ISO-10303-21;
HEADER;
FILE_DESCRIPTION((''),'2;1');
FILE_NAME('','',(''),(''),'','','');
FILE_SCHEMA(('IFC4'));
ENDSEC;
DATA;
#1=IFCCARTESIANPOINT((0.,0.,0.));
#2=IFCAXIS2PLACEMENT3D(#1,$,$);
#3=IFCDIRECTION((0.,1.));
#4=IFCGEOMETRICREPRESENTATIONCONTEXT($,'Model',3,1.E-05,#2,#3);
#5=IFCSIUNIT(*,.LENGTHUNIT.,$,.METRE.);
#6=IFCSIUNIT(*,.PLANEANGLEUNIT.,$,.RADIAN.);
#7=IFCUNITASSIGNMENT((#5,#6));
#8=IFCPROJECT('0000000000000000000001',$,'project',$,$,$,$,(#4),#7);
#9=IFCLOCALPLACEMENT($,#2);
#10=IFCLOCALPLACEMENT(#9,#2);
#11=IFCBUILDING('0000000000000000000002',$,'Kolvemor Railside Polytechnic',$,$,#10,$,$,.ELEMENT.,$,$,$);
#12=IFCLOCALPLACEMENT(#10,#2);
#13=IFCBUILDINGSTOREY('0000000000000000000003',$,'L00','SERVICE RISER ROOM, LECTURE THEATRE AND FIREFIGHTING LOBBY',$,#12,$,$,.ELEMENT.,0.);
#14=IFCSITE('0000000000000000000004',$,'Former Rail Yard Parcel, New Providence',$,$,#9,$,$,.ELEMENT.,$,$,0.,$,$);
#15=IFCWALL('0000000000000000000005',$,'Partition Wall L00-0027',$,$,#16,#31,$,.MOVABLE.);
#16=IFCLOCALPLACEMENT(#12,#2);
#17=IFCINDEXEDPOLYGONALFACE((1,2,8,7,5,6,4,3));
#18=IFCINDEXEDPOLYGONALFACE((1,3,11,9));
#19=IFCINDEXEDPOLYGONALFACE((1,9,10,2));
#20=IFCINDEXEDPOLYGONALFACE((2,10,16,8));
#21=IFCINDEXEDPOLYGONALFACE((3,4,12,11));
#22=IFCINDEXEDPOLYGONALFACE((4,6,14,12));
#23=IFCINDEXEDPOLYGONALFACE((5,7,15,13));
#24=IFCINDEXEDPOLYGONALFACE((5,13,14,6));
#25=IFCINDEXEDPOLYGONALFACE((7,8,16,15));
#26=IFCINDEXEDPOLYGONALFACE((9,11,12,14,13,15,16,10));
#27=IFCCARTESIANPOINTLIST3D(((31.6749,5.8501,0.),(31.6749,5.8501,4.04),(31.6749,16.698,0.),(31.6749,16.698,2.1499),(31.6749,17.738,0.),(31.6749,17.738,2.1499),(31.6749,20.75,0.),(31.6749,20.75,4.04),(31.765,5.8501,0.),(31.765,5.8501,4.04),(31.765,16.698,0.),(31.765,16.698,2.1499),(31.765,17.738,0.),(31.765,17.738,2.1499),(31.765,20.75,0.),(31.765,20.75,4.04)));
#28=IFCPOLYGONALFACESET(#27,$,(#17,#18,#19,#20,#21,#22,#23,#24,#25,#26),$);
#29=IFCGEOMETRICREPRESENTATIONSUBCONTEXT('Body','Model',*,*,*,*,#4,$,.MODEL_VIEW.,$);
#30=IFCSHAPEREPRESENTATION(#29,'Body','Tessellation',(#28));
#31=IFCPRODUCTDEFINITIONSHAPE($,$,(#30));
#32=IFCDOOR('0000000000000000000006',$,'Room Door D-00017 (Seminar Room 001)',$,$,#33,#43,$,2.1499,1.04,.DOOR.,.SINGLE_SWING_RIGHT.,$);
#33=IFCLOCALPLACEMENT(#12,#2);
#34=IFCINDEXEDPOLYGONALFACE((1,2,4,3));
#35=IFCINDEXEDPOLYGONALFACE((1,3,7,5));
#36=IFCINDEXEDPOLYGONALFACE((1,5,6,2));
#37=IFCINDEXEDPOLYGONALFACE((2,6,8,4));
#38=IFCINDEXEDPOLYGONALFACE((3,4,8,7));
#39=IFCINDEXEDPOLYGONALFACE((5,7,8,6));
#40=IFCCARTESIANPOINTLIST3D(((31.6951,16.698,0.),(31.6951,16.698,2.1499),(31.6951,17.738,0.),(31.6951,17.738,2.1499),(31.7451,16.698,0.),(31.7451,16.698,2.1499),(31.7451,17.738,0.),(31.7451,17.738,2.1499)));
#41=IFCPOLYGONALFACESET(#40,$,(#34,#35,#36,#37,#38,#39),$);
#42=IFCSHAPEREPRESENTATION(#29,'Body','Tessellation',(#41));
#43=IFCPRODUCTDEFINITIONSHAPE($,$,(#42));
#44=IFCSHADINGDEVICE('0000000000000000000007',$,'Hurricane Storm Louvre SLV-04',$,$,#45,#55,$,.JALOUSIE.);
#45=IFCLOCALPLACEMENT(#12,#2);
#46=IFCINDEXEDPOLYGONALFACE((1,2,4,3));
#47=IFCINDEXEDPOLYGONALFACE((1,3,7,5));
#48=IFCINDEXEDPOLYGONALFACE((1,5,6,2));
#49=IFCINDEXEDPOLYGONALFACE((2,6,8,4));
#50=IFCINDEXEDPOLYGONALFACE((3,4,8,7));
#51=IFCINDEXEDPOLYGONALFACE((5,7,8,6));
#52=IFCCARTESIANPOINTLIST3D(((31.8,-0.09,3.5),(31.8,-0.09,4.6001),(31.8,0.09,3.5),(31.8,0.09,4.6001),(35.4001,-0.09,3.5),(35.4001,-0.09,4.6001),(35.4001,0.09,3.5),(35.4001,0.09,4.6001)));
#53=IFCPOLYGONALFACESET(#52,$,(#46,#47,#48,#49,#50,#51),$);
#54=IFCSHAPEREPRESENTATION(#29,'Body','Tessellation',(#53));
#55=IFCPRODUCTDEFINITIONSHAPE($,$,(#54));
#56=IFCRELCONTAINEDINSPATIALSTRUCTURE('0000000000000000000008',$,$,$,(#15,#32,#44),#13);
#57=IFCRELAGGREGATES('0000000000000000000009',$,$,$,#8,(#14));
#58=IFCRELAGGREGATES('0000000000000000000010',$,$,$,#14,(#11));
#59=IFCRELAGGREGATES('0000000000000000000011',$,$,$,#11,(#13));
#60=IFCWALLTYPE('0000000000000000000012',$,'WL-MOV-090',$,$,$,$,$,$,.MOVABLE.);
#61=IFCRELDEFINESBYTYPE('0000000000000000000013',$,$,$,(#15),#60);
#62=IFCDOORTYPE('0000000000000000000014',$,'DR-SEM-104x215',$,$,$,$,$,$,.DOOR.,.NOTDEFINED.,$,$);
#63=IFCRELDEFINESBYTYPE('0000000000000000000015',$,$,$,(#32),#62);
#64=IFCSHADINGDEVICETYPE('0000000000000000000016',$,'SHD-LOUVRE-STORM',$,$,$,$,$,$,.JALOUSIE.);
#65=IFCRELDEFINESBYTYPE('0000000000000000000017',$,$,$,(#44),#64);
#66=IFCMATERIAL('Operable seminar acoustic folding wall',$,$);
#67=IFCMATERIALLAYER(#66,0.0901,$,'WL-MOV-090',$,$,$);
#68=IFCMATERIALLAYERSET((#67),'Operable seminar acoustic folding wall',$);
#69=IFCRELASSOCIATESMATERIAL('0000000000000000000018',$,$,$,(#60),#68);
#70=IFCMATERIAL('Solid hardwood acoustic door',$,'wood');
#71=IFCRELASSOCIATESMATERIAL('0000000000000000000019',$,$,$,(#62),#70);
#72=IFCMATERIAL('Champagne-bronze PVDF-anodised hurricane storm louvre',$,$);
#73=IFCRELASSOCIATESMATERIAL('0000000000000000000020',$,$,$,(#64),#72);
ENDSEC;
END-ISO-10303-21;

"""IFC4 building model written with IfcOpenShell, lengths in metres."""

from ifc_helpers import new_model, si_unit, direction, frame, frame_2d, origin, origin_2d, place, context, subcontext, project, spatial, rectangle, extrude, material, layer, layer_set, type_object, element, fill, save


model = new_model("IFC4")

# Units and contexts
model_context = context("Model", 3, precision=1e-05, world=origin(), true_north=direction((0.0, 1.0)))
body_context = subcontext(model_context, "Body", "Model", "MODEL_VIEW")
ifc_project = project(units=[si_unit("LENGTHUNIT", "METRE"), si_unit("PLANEANGLEUNIT", "RADIAN")], contexts=[model_context])

# Site, building, storey
site_placement = place(None, origin())
site = spatial("IfcSite", under=ifc_project, at=site_placement, Name="Former Rail Yard Parcel, New Providence", CompositionType="ELEMENT", RefElevation=0.0)
building_placement = place(site_placement, origin())
building = spatial("IfcBuilding", under=site, at=building_placement, Name="Kolvemor Railside Polytechnic", CompositionType="ELEMENT")
storey_placement = place(building_placement, origin())
storey = spatial("IfcBuildingStorey", under=building, at=storey_placement, Name="L00", Description="SERVICE RISER ROOM, LECTURE THEATRE AND FIREFIGHTING LOBBY", CompositionType="ELEMENT", Elevation=0.0)

# Wall, opening, door
ifc_material_1 = material(Name="Operable seminar acoustic folding wall")
ifc_layer = layer(ifc_material_1, 0.0901, Name="WL-MOV-090")
ifc_layer_set = layer_set([ifc_layer], Name="Operable seminar acoustic folding wall")
wall_type = type_object("IfcWallType", Name="WL-MOV-090", PredefinedType="MOVABLE", material=ifc_layer_set)
wall_placement = place(storey_placement, frame((31.72, 5.8501, 0.0), z_axis=(0.0, 0.0, 1.0), x_axis=(0.0, 1.0, 0.0)))
wall = element("IfcWall", 1, at=wall_placement, inside=storey, type_object=wall_type, Name="Partition Wall L00-0027", PredefinedType="MOVABLE", context=body_context, shape_type="SweptSolid", body=[
    extrude(rectangle(XDim=14.8999, YDim=0.0901, at=frame_2d((7.45, 0.0))), origin(), (0.0, 0.0, 1.0), 4.04),
])
opening_placement = place(wall_placement, frame((10.8479, 0.0, 0.0)))
opening = element("IfcOpeningElement", 2, at=opening_placement, cuts=wall, PredefinedType="OPENING", context=body_context, shape_type="SweptSolid", body=[
    extrude(rectangle(XDim=1.04, YDim=2.1499, at=frame_2d((0.52, 1.075))), frame((0.0, 0.0549, 0.0), z_axis=(0.0, -1.0, 0.0), x_axis=(1.0, 0.0, 0.0)), (0.0, 0.0, 1.0), 0.1101),
])
ifc_material_2 = material(Name="Solid hardwood acoustic door", Category="wood")
door_type = type_object("IfcDoorType", Name="DR-SEM-104x215", OperationType="NOTDEFINED", PredefinedType="DOOR", material=ifc_material_2)
door_placement = place(opening_placement, origin())
door = element("IfcDoor", 3, at=door_placement, inside=storey, type_object=door_type, Name="Room Door D-00017 (Seminar Room 001)", OperationType="SINGLE_SWING_RIGHT", OverallHeight=2.1499, OverallWidth=1.04, PredefinedType="DOOR", context=body_context, shape_type="SweptSolid", body=[
    extrude(rectangle(XDim=1.04, YDim=2.1499, at=frame_2d((0.52, 1.075))), frame((0.0, 0.0249, 0.0), z_axis=(0.0, -1.0, 0.0), x_axis=(1.0, 0.0, 0.0)), (0.0, 0.0, 1.0), 0.05),
])
fill(opening, door)

# Shading device
ifc_material_3 = material(Name="Champagne-bronze PVDF-anodised hurricane storm louvre")
shading_device_type = type_object("IfcShadingDeviceType", Name="SHD-LOUVRE-STORM", PredefinedType="JALOUSIE", material=ifc_material_3)
shading_device_placement = place(storey_placement, frame((33.6001, 0.0, 3.5), z_axis=(0.0, 0.0, 1.0), x_axis=(1.0, 0.0, 0.0)))
element("IfcShadingDevice", 4, at=shading_device_placement, inside=storey, type_object=shading_device_type, Name="Hurricane Storm Louvre SLV-04", PredefinedType="JALOUSIE", context=body_context, shape_type="SweptSolid", body=[
    extrude(rectangle(XDim=3.6001, YDim=0.1799, at=origin_2d()), origin(), (0.0, 0.0, 1.0), 1.1001),
])

save(model, "model.ifc")
